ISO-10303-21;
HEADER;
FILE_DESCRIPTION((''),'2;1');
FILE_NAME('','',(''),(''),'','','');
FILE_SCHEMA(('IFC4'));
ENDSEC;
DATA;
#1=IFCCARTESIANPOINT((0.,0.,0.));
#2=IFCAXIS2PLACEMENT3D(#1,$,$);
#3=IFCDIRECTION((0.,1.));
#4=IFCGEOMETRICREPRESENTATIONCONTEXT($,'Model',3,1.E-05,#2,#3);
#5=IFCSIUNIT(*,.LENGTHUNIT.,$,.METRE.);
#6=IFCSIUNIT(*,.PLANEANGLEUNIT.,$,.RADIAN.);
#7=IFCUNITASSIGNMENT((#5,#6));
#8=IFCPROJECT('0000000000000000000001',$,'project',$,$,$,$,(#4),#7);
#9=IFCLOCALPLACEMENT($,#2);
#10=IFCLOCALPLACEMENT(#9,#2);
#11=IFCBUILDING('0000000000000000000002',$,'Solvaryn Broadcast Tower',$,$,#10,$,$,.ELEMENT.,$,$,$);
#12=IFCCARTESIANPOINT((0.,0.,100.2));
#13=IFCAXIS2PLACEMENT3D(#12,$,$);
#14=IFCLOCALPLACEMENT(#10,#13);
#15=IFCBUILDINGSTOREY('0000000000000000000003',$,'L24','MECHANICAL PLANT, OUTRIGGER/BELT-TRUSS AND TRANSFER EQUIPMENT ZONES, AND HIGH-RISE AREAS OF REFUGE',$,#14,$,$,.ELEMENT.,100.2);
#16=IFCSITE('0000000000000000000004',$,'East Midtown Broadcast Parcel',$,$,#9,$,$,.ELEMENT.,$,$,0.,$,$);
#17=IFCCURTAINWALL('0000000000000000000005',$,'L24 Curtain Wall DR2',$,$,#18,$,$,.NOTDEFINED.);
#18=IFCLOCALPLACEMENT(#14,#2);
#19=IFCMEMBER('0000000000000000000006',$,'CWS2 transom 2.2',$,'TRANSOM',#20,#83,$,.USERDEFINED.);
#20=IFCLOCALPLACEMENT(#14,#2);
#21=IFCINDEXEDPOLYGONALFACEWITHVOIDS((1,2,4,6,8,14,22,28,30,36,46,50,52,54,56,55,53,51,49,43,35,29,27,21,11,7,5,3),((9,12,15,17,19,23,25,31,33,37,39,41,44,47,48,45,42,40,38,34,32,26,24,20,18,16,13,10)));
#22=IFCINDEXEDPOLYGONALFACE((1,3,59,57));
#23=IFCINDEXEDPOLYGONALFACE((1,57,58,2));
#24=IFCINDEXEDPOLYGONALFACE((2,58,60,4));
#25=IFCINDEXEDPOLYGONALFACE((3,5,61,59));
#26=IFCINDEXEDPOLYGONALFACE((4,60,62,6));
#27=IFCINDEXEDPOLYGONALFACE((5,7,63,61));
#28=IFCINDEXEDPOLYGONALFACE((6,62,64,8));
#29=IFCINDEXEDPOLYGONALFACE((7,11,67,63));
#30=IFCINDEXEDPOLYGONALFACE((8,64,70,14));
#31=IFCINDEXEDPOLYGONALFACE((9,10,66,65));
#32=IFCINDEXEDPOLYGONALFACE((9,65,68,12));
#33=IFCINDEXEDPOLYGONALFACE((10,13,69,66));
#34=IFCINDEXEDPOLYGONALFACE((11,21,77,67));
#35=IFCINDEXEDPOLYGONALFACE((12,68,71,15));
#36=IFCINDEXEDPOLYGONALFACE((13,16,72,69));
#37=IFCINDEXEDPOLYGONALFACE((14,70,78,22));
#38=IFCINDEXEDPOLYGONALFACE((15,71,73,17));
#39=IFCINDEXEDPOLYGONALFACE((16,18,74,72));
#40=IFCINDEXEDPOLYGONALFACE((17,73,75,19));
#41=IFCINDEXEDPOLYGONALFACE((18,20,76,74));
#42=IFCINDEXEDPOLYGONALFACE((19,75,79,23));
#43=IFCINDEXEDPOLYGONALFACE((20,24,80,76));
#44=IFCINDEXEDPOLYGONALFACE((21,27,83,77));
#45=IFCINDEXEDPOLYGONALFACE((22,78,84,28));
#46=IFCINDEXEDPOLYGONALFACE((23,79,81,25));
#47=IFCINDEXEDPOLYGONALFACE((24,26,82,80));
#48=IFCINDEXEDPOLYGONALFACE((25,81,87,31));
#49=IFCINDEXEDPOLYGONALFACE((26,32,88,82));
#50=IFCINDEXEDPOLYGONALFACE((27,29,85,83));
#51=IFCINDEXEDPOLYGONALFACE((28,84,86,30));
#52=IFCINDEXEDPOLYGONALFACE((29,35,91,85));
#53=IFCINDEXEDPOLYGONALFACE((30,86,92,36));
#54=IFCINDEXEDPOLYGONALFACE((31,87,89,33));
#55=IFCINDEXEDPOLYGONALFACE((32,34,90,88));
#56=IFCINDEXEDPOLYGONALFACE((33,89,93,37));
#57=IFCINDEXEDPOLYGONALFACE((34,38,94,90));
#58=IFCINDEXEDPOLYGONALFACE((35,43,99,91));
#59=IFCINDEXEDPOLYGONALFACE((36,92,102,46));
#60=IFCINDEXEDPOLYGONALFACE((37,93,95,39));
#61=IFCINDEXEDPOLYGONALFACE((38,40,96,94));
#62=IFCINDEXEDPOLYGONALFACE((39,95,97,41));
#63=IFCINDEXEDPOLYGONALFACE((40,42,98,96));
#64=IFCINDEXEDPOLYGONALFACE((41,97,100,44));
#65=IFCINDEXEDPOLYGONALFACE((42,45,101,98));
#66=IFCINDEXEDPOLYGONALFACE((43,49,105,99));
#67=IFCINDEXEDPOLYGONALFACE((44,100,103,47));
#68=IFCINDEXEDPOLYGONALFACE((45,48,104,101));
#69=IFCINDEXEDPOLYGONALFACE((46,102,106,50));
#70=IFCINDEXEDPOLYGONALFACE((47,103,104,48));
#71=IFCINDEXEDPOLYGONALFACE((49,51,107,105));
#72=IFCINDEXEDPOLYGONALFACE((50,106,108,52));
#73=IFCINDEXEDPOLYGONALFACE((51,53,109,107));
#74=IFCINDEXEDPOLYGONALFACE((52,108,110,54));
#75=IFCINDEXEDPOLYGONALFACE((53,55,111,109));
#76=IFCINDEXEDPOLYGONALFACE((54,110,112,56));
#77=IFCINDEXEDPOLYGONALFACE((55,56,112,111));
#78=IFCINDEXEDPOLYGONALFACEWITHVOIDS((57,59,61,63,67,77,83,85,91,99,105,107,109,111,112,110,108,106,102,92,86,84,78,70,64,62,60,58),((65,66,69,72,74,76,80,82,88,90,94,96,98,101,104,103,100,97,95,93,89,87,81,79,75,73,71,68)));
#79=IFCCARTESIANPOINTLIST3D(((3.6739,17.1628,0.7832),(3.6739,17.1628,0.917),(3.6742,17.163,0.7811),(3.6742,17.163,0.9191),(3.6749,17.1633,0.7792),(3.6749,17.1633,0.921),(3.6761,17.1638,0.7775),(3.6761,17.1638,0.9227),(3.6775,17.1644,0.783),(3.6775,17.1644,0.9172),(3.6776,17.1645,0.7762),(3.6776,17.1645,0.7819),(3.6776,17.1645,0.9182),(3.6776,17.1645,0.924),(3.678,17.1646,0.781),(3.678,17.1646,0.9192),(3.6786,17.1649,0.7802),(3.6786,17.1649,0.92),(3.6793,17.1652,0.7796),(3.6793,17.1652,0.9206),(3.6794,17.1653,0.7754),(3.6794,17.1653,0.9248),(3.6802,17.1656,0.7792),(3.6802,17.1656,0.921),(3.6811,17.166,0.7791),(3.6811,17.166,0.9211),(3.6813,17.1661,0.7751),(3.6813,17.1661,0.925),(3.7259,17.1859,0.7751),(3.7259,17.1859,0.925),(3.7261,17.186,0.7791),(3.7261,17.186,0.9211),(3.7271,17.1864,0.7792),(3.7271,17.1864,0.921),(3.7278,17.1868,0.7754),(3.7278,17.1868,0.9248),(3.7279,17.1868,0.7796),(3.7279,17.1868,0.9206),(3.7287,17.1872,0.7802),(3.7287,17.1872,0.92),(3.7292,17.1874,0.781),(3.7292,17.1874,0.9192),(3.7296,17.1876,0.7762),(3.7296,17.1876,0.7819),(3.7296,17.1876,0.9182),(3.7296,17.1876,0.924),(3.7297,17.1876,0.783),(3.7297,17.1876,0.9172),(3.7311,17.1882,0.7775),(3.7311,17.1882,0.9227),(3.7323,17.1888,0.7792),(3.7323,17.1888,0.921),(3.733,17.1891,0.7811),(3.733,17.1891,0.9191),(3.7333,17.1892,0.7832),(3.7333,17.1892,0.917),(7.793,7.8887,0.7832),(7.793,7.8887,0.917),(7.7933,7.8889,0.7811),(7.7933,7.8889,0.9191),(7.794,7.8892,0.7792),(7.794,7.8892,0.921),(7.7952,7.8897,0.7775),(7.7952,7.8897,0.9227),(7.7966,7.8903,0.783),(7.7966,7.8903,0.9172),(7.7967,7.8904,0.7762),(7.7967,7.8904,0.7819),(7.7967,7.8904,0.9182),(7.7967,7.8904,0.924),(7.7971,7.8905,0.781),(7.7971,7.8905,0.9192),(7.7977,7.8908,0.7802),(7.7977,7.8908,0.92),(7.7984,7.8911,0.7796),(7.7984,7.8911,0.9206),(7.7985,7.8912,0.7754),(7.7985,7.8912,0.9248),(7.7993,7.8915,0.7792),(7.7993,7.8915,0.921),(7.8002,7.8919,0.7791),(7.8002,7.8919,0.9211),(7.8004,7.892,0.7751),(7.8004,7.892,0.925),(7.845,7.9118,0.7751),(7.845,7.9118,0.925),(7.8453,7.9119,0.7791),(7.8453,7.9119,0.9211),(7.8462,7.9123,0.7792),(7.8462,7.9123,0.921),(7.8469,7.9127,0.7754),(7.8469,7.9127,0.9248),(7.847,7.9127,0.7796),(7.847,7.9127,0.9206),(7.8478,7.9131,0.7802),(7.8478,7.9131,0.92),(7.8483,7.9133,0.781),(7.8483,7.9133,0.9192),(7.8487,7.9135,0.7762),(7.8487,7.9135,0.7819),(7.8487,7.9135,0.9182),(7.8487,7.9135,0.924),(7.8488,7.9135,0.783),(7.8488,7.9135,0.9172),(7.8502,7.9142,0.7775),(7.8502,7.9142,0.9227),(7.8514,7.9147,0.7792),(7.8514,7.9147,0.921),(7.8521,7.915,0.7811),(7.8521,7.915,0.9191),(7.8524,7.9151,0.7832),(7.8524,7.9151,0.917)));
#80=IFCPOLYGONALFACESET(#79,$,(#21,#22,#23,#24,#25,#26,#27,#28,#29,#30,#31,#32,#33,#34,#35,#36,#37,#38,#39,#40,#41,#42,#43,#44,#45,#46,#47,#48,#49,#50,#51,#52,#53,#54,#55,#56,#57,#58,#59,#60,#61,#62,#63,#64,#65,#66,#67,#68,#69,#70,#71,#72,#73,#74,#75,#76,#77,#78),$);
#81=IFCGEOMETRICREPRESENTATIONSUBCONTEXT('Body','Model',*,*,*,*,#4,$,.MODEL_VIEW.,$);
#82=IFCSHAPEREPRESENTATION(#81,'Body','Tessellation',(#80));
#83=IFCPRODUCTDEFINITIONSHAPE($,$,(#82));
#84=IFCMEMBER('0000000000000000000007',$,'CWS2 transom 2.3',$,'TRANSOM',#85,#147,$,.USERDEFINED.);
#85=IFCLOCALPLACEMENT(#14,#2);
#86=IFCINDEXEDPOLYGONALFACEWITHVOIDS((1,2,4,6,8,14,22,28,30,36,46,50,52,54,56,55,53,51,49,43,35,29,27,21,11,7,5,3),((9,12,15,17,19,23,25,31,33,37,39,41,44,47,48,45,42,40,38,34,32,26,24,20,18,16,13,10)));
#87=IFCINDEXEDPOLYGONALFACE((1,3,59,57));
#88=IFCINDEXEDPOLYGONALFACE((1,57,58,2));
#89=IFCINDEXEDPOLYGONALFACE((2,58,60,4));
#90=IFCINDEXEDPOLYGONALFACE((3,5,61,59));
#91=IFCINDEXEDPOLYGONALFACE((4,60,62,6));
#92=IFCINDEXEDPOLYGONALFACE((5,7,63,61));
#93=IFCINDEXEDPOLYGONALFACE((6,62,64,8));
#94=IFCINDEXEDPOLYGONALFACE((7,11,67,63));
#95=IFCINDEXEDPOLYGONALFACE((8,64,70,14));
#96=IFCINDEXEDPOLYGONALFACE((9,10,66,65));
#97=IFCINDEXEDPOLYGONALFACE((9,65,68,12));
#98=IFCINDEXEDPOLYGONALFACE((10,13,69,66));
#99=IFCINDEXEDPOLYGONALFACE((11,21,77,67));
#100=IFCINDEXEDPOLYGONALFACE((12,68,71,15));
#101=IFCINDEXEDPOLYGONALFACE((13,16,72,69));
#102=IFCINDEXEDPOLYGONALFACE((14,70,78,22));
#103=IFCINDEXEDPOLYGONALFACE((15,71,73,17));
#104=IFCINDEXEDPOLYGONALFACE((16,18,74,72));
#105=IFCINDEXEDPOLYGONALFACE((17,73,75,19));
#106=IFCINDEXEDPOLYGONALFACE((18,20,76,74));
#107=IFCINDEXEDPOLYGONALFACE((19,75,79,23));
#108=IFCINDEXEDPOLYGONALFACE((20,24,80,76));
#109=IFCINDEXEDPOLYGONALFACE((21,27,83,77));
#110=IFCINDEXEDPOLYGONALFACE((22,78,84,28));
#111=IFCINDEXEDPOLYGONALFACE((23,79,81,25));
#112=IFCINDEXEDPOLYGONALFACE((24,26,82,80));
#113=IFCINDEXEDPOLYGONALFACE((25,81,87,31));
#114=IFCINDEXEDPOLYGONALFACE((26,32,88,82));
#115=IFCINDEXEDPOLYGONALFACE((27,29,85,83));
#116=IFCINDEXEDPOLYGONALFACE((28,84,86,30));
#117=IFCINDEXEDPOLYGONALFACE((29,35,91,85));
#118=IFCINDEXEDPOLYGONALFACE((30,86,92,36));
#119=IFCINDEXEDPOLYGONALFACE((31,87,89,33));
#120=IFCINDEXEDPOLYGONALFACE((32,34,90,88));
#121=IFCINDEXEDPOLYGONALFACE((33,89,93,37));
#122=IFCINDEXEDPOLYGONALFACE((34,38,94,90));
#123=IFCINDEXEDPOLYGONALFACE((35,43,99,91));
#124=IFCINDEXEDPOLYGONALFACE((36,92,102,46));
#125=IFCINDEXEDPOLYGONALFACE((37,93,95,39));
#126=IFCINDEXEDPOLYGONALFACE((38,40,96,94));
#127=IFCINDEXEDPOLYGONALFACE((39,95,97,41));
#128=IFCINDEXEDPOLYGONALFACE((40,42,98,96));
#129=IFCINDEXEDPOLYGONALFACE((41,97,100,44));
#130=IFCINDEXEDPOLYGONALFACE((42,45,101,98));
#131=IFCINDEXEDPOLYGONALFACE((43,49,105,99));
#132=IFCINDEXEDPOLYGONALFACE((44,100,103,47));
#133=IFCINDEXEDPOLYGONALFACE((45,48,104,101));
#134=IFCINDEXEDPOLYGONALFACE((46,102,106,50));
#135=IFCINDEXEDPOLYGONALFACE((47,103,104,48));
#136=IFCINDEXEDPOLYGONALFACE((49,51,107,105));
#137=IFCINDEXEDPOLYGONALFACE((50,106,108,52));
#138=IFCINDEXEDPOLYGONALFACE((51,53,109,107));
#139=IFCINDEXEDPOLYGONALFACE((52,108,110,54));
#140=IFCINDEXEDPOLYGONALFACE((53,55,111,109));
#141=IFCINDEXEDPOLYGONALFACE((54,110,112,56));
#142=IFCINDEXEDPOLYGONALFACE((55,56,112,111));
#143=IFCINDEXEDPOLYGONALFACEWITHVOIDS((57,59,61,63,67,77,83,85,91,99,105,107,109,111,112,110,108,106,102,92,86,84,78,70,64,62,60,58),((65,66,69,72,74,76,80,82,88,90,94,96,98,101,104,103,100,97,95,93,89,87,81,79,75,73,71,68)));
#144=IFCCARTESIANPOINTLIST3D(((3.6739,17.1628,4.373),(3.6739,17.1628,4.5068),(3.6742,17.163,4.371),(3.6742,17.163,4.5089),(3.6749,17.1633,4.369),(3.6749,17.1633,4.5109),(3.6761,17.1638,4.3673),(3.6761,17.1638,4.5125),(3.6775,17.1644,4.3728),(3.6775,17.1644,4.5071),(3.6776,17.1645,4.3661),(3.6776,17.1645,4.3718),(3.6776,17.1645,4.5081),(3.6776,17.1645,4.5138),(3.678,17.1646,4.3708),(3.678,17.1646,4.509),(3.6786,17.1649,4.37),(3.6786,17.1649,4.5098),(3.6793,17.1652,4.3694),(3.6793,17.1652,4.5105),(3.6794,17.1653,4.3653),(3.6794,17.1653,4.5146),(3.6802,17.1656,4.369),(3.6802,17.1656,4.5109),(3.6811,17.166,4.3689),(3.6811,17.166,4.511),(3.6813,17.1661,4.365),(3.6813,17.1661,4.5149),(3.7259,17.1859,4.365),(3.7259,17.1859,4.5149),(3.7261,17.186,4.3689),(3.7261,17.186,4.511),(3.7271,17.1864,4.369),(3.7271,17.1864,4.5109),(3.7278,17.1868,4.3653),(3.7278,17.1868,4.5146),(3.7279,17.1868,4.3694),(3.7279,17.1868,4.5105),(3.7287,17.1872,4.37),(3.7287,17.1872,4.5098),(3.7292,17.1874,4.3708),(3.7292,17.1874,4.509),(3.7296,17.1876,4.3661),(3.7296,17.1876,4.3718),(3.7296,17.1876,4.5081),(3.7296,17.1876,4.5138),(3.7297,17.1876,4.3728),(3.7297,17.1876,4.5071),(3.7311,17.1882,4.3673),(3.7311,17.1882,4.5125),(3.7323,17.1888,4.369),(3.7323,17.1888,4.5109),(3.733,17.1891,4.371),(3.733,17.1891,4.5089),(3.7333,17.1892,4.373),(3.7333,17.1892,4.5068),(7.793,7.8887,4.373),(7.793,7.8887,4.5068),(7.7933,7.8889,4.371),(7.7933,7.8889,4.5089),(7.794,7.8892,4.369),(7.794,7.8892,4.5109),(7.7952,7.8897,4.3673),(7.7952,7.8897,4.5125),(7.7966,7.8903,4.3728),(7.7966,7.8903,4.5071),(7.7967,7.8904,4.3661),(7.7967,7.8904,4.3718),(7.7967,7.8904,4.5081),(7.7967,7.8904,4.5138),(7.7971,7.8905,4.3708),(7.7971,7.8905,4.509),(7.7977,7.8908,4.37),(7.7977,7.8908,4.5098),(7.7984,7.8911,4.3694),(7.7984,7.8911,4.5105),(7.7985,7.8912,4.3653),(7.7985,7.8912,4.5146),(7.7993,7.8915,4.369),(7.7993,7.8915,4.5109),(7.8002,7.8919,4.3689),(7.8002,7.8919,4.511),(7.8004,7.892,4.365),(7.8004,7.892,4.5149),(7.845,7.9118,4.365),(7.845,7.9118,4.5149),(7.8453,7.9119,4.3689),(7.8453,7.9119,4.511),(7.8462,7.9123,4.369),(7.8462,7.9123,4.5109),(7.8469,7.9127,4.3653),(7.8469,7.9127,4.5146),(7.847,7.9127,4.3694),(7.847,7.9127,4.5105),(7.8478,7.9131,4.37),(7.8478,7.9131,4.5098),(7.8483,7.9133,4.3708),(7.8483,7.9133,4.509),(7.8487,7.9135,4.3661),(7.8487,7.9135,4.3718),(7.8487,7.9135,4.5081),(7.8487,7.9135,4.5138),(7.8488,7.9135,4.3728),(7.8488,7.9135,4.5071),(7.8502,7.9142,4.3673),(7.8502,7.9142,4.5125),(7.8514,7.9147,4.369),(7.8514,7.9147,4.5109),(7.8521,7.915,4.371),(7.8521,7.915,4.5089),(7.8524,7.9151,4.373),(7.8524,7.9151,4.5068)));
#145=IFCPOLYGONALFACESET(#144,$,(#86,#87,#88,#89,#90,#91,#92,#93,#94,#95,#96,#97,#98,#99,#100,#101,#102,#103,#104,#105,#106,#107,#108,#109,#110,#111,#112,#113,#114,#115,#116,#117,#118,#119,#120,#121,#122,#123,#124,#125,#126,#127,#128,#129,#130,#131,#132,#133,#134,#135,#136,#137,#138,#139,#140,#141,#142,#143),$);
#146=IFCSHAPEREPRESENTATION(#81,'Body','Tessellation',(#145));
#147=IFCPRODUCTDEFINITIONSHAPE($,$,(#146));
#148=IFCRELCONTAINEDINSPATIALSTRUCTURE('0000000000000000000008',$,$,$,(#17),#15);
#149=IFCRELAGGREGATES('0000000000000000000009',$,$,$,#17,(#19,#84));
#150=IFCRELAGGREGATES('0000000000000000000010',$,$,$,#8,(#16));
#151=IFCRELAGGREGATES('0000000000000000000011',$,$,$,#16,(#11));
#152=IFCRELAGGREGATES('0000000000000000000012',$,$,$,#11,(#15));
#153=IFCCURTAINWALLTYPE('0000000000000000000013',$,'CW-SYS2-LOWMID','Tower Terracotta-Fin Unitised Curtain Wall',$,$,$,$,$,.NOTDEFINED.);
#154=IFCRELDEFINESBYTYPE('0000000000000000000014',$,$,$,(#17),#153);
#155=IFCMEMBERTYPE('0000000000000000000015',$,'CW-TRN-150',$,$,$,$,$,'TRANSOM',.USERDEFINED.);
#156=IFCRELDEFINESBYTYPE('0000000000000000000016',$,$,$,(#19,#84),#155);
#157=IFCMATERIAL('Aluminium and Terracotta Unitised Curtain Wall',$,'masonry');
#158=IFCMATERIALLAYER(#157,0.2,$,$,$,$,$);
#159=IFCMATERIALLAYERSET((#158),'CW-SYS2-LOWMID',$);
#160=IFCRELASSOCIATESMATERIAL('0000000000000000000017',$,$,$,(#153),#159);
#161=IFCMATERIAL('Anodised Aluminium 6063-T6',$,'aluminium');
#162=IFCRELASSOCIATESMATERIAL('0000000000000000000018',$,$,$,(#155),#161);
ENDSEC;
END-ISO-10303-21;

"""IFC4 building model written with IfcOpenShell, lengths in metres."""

from ifc_helpers import new_model, si_unit, direction, frame, origin, origin_2d, place, context, subcontext, project, spatial, hollow_rectangle, extrude, material, layer, layer_set, material_profile, profile_set, type_object, element, aggregate, save


model = new_model("IFC4")

# Units and contexts
model_context = context("Model", 3, precision=1e-05, world=origin(), true_north=direction((0.0, 1.0)))
body_context = subcontext(model_context, "Body", "Model", "MODEL_VIEW")
ifc_project = project(units=[si_unit("LENGTHUNIT", "METRE"), si_unit("PLANEANGLEUNIT", "RADIAN")], contexts=[model_context])

# Site, building, storey
site_placement = place(None, origin())
site = spatial("IfcSite", under=ifc_project, at=site_placement, Name="East Midtown Broadcast Parcel", CompositionType="ELEMENT", RefElevation=0.0)
building_placement = place(site_placement, origin())
building = spatial("IfcBuilding", under=site, at=building_placement, Name="Solvaryn Broadcast Tower", CompositionType="ELEMENT")
storey_placement = place(building_placement, frame((0.0, 0.0, 100.2)))
storey = spatial("IfcBuildingStorey", under=building, at=storey_placement, Name="L24", Description="MECHANICAL PLANT, OUTRIGGER/BELT-TRUSS AND TRANSFER EQUIPMENT ZONES, AND HIGH-RISE AREAS OF REFUGE", CompositionType="ELEMENT", Elevation=100.2)

# Curtain wall
ifc_material_1 = material(Name="Aluminium and Terracotta Unitised Curtain Wall", Category="masonry")
ifc_layer_1 = layer(ifc_material_1, 0.2)
ifc_layer_set_1 = layer_set([ifc_layer_1], Name="CW-SYS2-LOWMID")
curtain_wall_type = type_object("IfcCurtainWallType", Name="CW-SYS2-LOWMID", Description="Tower Terracotta-Fin Unitised Curtain Wall", PredefinedType="NOTDEFINED", material=ifc_layer_set_1)
curtain_wall_1_placement = place(storey_placement, origin())
curtain_wall_1 = element("IfcCurtainWall", 1, at=curtain_wall_1_placement, inside=storey, type_object=curtain_wall_type, Name="L24 Curtain Wall DR2", PredefinedType="NOTDEFINED")

# Members
ifc_material_2 = material(Name="Anodised Aluminium 6063-T6", Category="aluminium")
ifc_material_profile_1 = material_profile(ifc_material_2, hollow_rectangle(XDim=0.0649, YDim=0.1499, WallThickness=0.0039, InnerFilletRadius=0.0039, OuterFilletRadius=0.0081, at=origin_2d()))
ifc_profile_set_1 = profile_set([ifc_material_profile_1], Name="Anodised Aluminium 6063-T6")
member_type_1 = type_object("IfcMemberType", Name="CW-TRN-150", ElementType="TRANSOM", PredefinedType="USERDEFINED", material=ifc_profile_set_1)
member_1_placement = place(storey_placement, frame((3.7036, 17.176, 0.8501), z_axis=(0.405915, -0.913911, 0.0), x_axis=(0.913911, 0.405915, 0.0)))
member_1 = element("IfcMember", 2, at=member_1_placement, type_object=member_type_1, Name="CWS2 transom 2.2", ObjectType="TRANSOM", PredefinedType="USERDEFINED", context=body_context, shape_type="SweptSolid", body=[
    extrude(hollow_rectangle(XDim=0.0649, YDim=0.1499, WallThickness=0.0039, InnerFilletRadius=0.0039, OuterFilletRadius=0.0081, at=origin_2d()), origin(), (0.0, 0.0, 1.0), 10.1477),
])
member_2_placement = place(storey_placement, frame((3.7036, 17.176, 4.4399), z_axis=(0.405915, -0.913911, 0.0), x_axis=(0.913911, 0.405915, 0.0)))
member_2 = element("IfcMember", 3, at=member_2_placement, type_object=member_type_1, Name="CWS2 transom 2.3", ObjectType="TRANSOM", PredefinedType="USERDEFINED", context=body_context, shape_type="SweptSolid", body=[
    extrude(hollow_rectangle(XDim=0.0649, YDim=0.1499, WallThickness=0.0039, InnerFilletRadius=0.0039, OuterFilletRadius=0.0081, at=origin_2d()), origin(), (0.0, 0.0, 1.0), 10.1477),
])

aggregate(curtain_wall_1, [member_1, member_2])

save(model, "model.ifc")
